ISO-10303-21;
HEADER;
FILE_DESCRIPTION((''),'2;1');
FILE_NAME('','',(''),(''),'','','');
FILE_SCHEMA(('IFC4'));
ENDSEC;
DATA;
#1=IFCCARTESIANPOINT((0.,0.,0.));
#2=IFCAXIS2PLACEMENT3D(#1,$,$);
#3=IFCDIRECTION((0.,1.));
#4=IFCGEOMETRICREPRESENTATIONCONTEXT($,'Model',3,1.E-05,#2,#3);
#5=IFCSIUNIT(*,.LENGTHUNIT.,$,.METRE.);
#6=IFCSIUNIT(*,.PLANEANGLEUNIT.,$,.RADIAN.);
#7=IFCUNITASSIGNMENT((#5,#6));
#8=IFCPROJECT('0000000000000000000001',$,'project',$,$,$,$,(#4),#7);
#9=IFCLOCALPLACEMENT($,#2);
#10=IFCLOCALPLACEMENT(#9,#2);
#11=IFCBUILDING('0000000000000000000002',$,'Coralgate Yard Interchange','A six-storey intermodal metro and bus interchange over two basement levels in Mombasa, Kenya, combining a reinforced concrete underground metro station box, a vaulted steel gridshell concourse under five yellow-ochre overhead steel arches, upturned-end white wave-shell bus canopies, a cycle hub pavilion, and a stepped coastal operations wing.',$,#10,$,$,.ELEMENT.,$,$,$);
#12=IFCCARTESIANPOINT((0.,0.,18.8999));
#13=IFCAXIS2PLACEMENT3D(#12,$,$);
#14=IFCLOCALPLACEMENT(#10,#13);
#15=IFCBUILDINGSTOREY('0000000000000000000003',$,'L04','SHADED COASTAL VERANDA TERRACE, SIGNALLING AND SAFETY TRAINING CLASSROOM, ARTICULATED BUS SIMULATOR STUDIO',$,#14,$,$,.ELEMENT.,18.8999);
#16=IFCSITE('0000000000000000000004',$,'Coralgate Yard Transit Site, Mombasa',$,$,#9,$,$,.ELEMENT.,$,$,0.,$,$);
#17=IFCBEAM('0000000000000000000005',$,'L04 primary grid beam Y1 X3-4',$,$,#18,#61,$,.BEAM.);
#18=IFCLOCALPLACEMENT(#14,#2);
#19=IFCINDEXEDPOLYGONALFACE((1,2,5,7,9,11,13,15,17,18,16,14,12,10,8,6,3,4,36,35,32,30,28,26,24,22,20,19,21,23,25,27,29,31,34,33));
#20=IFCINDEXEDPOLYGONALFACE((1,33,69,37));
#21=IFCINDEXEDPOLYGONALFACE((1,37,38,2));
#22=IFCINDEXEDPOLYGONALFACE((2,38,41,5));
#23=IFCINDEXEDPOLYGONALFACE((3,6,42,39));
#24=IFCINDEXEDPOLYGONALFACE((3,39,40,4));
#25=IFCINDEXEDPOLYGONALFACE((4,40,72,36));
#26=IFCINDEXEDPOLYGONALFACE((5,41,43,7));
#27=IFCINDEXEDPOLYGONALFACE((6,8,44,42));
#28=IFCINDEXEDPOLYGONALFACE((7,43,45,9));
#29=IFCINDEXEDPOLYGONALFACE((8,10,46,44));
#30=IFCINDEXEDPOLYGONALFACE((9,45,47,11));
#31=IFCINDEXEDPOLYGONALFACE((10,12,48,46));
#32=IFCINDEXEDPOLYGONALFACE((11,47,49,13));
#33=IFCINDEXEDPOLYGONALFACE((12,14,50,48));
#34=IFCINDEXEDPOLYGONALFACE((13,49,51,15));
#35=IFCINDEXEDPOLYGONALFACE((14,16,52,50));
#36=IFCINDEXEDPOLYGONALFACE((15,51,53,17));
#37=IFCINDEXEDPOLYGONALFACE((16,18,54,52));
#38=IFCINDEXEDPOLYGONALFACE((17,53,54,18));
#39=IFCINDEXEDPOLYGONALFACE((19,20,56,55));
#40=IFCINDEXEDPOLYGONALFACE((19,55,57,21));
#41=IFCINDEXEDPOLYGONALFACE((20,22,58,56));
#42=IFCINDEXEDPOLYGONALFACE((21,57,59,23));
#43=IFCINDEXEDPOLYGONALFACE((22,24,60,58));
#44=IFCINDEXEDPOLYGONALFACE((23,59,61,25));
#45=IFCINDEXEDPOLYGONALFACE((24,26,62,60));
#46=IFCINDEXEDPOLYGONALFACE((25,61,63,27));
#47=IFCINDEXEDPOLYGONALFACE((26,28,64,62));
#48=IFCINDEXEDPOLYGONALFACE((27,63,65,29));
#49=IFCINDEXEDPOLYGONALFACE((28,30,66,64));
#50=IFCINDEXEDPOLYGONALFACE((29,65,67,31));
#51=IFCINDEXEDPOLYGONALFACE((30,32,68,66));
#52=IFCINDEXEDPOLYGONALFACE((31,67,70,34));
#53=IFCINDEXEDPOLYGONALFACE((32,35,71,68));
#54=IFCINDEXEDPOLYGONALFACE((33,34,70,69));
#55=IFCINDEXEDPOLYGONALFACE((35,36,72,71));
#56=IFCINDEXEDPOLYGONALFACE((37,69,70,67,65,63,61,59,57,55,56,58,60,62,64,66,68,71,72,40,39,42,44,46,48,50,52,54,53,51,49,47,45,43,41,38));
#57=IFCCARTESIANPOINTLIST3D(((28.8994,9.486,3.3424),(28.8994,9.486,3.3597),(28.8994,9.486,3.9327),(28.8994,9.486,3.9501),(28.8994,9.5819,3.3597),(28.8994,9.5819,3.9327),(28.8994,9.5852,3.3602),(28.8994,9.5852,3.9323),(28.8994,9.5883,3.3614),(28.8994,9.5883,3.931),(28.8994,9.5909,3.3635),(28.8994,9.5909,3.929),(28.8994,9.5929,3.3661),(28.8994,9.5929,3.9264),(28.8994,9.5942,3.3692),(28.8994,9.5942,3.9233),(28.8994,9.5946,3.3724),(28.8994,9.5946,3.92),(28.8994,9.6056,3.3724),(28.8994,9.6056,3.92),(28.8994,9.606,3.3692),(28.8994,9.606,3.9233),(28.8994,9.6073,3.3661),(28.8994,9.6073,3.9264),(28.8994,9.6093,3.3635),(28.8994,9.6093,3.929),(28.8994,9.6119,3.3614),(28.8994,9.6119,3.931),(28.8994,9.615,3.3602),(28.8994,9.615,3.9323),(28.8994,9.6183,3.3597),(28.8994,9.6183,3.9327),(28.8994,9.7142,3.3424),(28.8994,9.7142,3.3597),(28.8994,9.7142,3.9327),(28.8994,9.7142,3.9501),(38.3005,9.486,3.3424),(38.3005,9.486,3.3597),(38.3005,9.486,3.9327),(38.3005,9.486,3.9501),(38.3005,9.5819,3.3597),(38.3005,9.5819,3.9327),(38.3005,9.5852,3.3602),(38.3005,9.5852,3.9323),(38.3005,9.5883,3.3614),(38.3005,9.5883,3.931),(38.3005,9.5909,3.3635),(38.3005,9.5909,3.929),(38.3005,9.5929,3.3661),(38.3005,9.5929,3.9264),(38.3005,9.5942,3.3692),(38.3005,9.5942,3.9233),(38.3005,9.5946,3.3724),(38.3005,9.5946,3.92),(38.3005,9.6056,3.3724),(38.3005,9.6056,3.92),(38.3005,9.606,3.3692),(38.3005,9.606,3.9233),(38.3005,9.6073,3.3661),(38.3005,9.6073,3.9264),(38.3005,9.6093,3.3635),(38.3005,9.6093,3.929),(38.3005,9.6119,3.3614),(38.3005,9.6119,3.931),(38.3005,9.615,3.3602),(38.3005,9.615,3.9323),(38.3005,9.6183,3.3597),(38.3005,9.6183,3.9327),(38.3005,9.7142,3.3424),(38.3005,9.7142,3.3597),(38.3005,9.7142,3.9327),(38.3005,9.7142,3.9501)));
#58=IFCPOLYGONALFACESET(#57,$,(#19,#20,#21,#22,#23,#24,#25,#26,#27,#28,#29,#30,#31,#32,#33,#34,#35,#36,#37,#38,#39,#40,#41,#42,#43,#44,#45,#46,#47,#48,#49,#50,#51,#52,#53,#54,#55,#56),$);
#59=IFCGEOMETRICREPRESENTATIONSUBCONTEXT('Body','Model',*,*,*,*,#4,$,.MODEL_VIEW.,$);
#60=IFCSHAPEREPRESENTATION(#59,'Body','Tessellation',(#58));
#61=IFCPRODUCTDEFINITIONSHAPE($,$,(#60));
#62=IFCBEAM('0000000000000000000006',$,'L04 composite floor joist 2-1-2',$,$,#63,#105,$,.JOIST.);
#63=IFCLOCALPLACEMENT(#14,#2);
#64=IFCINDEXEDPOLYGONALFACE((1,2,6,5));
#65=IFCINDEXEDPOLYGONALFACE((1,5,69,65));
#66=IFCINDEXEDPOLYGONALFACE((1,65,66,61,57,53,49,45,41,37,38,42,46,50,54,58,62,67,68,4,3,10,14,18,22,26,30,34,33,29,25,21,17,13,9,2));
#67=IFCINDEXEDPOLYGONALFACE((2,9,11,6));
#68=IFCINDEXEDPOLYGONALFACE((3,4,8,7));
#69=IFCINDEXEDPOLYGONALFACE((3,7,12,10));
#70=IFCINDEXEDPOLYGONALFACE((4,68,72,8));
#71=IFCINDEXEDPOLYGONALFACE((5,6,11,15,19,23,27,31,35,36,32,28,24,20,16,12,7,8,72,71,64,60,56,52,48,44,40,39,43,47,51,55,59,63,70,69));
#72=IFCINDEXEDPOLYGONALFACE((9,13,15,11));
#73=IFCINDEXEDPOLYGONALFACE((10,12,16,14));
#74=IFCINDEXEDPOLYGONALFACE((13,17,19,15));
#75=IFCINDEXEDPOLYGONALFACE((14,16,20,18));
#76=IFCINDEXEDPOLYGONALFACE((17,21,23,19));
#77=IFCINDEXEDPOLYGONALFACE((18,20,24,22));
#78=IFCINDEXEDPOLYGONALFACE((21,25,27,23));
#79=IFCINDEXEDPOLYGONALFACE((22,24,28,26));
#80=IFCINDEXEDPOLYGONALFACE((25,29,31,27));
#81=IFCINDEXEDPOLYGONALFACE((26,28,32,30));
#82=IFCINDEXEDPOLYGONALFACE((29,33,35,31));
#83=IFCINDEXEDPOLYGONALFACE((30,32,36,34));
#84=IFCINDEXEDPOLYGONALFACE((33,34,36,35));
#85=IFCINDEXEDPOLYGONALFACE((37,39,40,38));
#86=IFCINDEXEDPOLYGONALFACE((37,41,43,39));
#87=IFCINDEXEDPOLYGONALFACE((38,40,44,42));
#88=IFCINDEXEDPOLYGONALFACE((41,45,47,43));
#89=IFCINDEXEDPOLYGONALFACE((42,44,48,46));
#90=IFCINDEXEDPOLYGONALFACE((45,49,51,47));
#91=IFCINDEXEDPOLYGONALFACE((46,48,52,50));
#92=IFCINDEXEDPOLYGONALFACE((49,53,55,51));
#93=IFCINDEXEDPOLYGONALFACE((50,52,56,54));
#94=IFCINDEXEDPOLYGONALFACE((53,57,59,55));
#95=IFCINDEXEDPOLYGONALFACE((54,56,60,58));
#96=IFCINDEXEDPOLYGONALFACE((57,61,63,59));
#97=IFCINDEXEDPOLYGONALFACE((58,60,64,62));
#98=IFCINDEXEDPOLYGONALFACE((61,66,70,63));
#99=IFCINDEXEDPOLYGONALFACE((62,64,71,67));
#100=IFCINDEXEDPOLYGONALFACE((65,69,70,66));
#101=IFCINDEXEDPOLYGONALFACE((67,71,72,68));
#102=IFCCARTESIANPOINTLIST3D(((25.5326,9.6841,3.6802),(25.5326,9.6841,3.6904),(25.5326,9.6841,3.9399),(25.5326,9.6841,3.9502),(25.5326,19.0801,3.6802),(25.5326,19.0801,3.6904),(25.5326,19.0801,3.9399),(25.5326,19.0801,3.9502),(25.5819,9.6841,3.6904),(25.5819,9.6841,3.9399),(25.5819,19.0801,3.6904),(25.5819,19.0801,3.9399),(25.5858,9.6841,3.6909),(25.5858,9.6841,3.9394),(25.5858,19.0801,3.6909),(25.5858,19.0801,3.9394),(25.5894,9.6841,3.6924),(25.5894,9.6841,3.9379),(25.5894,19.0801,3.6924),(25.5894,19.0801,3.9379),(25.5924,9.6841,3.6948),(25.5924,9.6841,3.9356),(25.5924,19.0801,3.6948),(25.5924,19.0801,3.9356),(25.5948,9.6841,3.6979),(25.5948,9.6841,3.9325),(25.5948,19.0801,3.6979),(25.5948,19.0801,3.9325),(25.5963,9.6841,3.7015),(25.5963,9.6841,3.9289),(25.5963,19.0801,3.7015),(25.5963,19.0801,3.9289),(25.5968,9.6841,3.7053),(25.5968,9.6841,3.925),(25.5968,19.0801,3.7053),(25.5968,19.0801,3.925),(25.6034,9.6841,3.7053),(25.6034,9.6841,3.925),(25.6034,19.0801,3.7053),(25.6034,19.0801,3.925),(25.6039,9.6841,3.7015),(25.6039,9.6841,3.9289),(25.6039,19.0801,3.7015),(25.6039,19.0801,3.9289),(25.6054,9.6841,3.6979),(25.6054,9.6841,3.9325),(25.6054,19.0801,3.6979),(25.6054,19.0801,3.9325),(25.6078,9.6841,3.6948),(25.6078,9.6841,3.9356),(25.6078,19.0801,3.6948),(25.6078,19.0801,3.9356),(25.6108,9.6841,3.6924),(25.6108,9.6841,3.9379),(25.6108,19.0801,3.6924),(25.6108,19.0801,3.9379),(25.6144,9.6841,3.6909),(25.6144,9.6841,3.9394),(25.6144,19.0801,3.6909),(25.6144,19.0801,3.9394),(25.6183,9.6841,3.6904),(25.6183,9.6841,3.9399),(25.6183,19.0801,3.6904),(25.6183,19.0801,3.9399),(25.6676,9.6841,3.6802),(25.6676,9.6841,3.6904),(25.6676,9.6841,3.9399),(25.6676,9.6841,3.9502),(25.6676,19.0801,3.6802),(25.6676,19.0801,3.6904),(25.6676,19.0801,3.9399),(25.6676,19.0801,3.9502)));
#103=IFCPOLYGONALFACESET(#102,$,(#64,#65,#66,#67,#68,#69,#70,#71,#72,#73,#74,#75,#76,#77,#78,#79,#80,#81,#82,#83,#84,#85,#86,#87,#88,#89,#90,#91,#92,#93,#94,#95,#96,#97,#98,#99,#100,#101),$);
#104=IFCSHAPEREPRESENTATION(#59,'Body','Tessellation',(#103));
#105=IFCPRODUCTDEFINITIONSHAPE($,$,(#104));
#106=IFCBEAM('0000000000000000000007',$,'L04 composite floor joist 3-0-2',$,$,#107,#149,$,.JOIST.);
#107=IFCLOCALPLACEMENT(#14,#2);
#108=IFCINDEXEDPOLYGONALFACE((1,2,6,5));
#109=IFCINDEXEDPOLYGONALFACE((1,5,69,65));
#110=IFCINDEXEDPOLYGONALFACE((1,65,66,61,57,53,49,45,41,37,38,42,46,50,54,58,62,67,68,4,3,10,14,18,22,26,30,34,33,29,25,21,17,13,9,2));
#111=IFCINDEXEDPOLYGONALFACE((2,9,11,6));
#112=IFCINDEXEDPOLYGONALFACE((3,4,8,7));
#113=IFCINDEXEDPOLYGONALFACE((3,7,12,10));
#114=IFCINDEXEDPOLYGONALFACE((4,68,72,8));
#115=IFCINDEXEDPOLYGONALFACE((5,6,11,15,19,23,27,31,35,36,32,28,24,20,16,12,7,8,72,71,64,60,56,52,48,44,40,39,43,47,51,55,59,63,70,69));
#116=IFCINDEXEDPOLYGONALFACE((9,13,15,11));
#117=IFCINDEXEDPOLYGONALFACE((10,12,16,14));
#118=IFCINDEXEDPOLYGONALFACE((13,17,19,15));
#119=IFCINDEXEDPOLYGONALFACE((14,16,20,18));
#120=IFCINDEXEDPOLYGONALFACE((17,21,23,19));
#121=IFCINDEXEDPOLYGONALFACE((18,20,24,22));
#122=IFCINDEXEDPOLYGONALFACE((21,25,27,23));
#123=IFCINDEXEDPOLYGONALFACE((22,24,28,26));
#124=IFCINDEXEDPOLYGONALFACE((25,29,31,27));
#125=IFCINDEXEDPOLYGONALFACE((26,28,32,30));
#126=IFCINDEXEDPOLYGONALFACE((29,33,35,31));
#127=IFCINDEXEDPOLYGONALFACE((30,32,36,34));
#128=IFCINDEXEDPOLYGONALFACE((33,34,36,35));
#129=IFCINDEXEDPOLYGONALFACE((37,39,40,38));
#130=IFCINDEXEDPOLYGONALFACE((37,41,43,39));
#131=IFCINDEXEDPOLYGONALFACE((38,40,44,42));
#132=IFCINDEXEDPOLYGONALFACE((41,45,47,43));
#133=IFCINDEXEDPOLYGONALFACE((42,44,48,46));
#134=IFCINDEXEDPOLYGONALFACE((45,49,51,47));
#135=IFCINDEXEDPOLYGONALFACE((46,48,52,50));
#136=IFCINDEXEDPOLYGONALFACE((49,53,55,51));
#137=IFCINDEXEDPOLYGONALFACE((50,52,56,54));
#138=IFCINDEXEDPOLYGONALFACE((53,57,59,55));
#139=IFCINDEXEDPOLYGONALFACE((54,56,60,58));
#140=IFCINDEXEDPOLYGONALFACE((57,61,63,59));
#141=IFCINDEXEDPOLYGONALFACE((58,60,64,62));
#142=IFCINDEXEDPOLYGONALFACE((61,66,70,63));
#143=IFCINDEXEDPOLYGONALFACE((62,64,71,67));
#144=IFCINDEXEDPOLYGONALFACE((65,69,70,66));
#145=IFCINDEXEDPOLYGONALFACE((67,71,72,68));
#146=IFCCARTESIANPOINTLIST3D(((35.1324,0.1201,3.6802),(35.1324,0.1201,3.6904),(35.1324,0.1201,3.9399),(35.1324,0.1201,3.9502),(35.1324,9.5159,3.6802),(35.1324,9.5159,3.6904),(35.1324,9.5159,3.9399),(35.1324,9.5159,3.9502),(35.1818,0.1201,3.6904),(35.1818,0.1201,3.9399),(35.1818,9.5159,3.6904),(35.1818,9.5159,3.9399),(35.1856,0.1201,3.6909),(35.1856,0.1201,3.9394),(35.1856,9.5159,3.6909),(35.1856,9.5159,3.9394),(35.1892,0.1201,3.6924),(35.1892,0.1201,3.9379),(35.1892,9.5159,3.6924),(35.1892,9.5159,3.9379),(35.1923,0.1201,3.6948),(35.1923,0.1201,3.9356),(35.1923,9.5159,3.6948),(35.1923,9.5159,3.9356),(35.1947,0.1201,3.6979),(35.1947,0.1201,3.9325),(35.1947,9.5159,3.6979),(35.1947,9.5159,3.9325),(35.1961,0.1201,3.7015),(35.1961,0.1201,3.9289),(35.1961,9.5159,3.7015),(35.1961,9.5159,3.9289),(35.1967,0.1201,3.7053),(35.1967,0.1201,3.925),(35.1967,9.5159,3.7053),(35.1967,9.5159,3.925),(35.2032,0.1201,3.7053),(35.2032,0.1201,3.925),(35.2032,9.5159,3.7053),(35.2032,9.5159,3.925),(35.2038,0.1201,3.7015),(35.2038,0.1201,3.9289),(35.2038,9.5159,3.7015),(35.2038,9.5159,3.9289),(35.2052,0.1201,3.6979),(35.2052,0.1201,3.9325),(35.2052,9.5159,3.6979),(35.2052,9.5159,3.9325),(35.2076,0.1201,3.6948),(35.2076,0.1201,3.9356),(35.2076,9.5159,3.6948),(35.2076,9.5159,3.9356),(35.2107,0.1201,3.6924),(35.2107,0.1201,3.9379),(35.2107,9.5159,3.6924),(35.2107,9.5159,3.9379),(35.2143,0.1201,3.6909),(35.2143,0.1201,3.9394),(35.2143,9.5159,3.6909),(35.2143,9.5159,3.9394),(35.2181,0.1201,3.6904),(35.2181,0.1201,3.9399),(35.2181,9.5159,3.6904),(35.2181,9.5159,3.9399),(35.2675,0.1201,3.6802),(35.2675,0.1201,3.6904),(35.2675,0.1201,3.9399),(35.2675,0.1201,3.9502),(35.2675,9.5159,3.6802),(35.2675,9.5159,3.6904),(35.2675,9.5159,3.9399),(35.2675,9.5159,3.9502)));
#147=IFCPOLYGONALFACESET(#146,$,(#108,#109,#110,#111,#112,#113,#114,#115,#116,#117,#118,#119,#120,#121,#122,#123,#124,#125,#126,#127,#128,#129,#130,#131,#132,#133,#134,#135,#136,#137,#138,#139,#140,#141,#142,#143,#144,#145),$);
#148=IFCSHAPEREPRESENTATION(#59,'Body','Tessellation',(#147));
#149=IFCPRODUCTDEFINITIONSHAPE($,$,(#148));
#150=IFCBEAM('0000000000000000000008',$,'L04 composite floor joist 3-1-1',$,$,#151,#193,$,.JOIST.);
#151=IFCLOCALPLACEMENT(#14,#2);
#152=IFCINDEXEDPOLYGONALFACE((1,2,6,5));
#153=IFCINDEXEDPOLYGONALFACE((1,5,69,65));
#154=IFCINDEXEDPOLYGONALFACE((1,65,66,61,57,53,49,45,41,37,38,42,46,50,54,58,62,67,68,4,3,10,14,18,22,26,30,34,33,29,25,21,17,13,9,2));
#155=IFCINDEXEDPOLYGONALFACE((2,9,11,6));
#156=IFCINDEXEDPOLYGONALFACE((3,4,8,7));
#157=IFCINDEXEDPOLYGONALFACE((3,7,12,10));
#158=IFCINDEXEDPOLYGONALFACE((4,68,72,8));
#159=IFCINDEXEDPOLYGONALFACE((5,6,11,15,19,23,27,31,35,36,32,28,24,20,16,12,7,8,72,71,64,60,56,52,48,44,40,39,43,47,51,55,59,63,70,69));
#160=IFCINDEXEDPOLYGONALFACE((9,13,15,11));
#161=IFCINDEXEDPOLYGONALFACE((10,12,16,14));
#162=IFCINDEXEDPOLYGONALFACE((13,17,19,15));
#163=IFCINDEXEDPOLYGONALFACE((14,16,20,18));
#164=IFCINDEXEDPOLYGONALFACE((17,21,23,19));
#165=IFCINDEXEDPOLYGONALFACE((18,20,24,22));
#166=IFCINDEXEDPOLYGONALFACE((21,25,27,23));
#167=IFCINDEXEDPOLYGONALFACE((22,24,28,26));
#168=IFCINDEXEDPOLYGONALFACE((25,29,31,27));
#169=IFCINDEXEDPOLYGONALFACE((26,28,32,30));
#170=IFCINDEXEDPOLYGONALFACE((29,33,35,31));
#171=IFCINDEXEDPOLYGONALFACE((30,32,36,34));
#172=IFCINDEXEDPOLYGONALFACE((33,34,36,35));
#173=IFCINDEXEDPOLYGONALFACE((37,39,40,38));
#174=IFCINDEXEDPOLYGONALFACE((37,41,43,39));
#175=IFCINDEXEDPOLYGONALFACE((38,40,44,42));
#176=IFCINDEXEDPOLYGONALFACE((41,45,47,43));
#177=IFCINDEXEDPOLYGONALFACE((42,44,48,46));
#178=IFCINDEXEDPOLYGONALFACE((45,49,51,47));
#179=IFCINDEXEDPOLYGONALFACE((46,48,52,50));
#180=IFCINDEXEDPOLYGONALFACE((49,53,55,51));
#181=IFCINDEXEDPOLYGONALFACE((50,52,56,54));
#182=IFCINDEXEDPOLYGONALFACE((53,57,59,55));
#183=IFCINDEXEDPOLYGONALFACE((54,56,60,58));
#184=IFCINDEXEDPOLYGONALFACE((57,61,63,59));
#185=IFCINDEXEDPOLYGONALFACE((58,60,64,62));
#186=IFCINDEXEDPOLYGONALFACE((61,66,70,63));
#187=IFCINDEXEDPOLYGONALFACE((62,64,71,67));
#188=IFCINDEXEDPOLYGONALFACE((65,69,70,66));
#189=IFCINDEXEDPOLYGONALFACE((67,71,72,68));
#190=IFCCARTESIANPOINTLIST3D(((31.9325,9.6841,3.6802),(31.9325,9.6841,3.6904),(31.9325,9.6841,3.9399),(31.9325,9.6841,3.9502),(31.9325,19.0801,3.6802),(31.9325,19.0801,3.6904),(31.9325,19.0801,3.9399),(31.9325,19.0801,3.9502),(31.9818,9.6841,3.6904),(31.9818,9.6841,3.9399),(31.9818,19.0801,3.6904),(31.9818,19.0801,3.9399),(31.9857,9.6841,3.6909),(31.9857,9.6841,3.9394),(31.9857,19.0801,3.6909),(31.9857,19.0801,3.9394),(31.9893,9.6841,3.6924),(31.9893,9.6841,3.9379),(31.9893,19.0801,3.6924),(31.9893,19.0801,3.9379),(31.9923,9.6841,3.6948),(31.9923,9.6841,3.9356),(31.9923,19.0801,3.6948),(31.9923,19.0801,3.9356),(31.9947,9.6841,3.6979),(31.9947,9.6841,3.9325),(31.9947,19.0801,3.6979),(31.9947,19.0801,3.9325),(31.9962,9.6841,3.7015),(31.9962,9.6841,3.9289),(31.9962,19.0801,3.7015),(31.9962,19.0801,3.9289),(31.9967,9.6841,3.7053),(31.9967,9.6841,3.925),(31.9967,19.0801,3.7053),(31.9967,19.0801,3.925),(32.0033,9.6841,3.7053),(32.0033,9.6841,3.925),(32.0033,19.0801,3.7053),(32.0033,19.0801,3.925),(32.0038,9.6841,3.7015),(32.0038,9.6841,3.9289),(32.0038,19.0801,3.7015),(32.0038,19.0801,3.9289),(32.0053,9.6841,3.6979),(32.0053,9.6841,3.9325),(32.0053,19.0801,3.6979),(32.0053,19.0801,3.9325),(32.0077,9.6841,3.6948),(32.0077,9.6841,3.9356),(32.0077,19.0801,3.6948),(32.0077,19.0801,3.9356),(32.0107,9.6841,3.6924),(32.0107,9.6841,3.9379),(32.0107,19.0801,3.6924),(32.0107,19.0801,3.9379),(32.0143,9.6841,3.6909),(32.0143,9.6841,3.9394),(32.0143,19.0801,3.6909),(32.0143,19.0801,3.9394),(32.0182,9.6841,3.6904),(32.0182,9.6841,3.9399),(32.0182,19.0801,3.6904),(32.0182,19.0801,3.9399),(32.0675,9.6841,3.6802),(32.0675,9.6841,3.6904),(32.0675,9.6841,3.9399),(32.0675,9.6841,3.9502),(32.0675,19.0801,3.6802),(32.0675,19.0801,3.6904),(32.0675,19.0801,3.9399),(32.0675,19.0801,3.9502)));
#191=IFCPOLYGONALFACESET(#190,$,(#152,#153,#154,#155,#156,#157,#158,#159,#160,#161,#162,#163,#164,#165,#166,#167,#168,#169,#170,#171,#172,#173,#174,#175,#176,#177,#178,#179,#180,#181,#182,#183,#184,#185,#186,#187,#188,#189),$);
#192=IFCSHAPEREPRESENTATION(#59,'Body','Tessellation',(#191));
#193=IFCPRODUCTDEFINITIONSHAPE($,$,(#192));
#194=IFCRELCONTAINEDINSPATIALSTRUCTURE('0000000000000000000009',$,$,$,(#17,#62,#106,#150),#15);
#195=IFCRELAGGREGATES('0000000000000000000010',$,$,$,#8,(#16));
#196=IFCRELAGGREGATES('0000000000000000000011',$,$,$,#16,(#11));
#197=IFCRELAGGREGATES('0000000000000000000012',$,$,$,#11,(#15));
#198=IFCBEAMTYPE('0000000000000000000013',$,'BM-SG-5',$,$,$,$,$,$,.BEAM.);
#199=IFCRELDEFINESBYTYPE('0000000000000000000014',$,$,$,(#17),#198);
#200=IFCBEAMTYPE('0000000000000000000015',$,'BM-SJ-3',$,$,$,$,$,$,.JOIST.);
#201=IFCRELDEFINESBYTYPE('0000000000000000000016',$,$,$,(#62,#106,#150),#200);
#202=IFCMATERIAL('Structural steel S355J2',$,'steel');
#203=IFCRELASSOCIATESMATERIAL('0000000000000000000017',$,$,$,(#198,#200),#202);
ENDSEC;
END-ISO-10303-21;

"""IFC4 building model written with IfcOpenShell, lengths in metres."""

from ifc_helpers import new_model, si_unit, direction, frame, origin, origin_2d, place, context, subcontext, project, spatial, i_section, extrude, material, material_profile, profile_set, type_object, element, save


model = new_model("IFC4")

# Units and contexts
model_context = context("Model", 3, precision=1e-05, world=origin(), true_north=direction((0.0, 1.0)))
body_context = subcontext(model_context, "Body", "Model", "MODEL_VIEW")
ifc_project = project(units=[si_unit("LENGTHUNIT", "METRE"), si_unit("PLANEANGLEUNIT", "RADIAN")], contexts=[model_context])

# Site, building, storey
site_placement = place(None, origin())
site = spatial("IfcSite", under=ifc_project, at=site_placement, Name="Coralgate Yard Transit Site, Mombasa", CompositionType="ELEMENT", RefElevation=0.0)
building_placement = place(site_placement, origin())
building = spatial("IfcBuilding", under=site, at=building_placement, Name="Coralgate Yard Interchange", Description="A six-storey intermodal metro and bus interchange over two basement levels in Mombasa, Kenya, combining a reinforced concrete underground metro station box, a vaulted steel gridshell concourse under five yellow-ochre overhead steel arches, upturned-end white wave-shell bus canopies, a cycle hub pavilion, and a stepped coastal operations wing.", CompositionType="ELEMENT")
storey_placement = place(building_placement, frame((0.0, 0.0, 18.8999)))
storey = spatial("IfcBuildingStorey", under=building, at=storey_placement, Name="L04", Description="SHADED COASTAL VERANDA TERRACE, SIGNALLING AND SAFETY TRAINING CLASSROOM, ARTICULATED BUS SIMULATOR STUDIO", CompositionType="ELEMENT", Elevation=18.8999)

# Shared definitions
ifc_material_1 = material(Name="Structural steel S355J2", Category="steel")

# Beams
ifc_material_profile_1 = material_profile(ifc_material_1, i_section(OverallWidth=0.2283, OverallDepth=0.6077, WebThickness=0.011, FlangeThickness=0.0173, FilletRadius=0.0127, at=origin_2d()), Name="UB 610x229x113")
ifc_profile_set_1 = profile_set([ifc_material_profile_1], Name="Structural steel S355J2")
beam_type_1 = type_object("IfcBeamType", Name="BM-SG-5", PredefinedType="BEAM", material=ifc_profile_set_1)
beam_1_placement = place(storey_placement, frame((28.8994, 9.6001, 3.6462), z_axis=(1.0, 0.0, 0.0), x_axis=(0.0, 1.0, 0.0)))
element("IfcBeam", 1, at=beam_1_placement, inside=storey, type_object=beam_type_1, Name="L04 primary grid beam Y1 X3-4", PredefinedType="BEAM", context=body_context, shape_type="SweptSolid", body=[
    extrude(i_section(OverallWidth=0.2283, OverallDepth=0.6077, WebThickness=0.011, FlangeThickness=0.0173, FilletRadius=0.0127, at=origin_2d()), origin(), (0.0, 0.0, 1.0), 9.4011),
])
ifc_material_profile_2 = material_profile(ifc_material_1, i_section(OverallWidth=0.135, OverallDepth=0.27, WebThickness=0.0066, FlangeThickness=0.0103, FilletRadius=0.0149, at=origin_2d()), Name="IPE 270")
ifc_profile_set_2 = profile_set([ifc_material_profile_2], Name="Structural steel S355J2")
beam_type_2 = type_object("IfcBeamType", Name="BM-SJ-3", PredefinedType="JOIST", material=ifc_profile_set_2)
beam_2_placement = place(storey_placement, frame((25.6001, 9.6841, 3.8152), z_axis=(0.0, 1.0, 0.0), x_axis=(-1.0, 0.0, 0.0)))
element("IfcBeam", 2, at=beam_2_placement, inside=storey, type_object=beam_type_2, Name="L04 composite floor joist 2-1-2", PredefinedType="JOIST", context=body_context, shape_type="SweptSolid", body=[
    extrude(i_section(OverallWidth=0.135, OverallDepth=0.27, WebThickness=0.0066, FlangeThickness=0.0103, FilletRadius=0.0149, at=origin_2d()), origin(), (0.0, 0.0, 1.0), 9.396),
])
beam_3_placement = place(storey_placement, frame((35.2, 0.1201, 3.8152), z_axis=(0.0, 1.0, 0.0), x_axis=(-1.0, 0.0, 0.0)))
element("IfcBeam", 3, at=beam_3_placement, inside=storey, type_object=beam_type_2, Name="L04 composite floor joist 3-0-2", PredefinedType="JOIST", context=body_context, shape_type="SweptSolid", body=[
    extrude(i_section(OverallWidth=0.135, OverallDepth=0.27, WebThickness=0.0066, FlangeThickness=0.0103, FilletRadius=0.0149, at=origin_2d()), origin(), (0.0, 0.0, 1.0), 9.3958),
])
for number, where, z_axis, x_axis, name in (
    (4, (32.0, 9.6841, 3.8152), (0.0, 1.0, 0.0), (-1.0, 0.0, 0.0), "L04 composite floor joist 3-1-1"),
):
    element("IfcBeam", number, at=place(storey_placement, frame(where, z_axis=z_axis, x_axis=x_axis)), inside=storey, type_object=beam_type_2, Name=name, PredefinedType="JOIST", context=body_context, shape_type="SweptSolid", body=[
        extrude(i_section(OverallWidth=0.135, OverallDepth=0.27, WebThickness=0.0066, FlangeThickness=0.0103, FilletRadius=0.0149, at=origin_2d()), origin(), (0.0, 0.0, 1.0), 9.396),
    ])

save(model, "model.ifc")
